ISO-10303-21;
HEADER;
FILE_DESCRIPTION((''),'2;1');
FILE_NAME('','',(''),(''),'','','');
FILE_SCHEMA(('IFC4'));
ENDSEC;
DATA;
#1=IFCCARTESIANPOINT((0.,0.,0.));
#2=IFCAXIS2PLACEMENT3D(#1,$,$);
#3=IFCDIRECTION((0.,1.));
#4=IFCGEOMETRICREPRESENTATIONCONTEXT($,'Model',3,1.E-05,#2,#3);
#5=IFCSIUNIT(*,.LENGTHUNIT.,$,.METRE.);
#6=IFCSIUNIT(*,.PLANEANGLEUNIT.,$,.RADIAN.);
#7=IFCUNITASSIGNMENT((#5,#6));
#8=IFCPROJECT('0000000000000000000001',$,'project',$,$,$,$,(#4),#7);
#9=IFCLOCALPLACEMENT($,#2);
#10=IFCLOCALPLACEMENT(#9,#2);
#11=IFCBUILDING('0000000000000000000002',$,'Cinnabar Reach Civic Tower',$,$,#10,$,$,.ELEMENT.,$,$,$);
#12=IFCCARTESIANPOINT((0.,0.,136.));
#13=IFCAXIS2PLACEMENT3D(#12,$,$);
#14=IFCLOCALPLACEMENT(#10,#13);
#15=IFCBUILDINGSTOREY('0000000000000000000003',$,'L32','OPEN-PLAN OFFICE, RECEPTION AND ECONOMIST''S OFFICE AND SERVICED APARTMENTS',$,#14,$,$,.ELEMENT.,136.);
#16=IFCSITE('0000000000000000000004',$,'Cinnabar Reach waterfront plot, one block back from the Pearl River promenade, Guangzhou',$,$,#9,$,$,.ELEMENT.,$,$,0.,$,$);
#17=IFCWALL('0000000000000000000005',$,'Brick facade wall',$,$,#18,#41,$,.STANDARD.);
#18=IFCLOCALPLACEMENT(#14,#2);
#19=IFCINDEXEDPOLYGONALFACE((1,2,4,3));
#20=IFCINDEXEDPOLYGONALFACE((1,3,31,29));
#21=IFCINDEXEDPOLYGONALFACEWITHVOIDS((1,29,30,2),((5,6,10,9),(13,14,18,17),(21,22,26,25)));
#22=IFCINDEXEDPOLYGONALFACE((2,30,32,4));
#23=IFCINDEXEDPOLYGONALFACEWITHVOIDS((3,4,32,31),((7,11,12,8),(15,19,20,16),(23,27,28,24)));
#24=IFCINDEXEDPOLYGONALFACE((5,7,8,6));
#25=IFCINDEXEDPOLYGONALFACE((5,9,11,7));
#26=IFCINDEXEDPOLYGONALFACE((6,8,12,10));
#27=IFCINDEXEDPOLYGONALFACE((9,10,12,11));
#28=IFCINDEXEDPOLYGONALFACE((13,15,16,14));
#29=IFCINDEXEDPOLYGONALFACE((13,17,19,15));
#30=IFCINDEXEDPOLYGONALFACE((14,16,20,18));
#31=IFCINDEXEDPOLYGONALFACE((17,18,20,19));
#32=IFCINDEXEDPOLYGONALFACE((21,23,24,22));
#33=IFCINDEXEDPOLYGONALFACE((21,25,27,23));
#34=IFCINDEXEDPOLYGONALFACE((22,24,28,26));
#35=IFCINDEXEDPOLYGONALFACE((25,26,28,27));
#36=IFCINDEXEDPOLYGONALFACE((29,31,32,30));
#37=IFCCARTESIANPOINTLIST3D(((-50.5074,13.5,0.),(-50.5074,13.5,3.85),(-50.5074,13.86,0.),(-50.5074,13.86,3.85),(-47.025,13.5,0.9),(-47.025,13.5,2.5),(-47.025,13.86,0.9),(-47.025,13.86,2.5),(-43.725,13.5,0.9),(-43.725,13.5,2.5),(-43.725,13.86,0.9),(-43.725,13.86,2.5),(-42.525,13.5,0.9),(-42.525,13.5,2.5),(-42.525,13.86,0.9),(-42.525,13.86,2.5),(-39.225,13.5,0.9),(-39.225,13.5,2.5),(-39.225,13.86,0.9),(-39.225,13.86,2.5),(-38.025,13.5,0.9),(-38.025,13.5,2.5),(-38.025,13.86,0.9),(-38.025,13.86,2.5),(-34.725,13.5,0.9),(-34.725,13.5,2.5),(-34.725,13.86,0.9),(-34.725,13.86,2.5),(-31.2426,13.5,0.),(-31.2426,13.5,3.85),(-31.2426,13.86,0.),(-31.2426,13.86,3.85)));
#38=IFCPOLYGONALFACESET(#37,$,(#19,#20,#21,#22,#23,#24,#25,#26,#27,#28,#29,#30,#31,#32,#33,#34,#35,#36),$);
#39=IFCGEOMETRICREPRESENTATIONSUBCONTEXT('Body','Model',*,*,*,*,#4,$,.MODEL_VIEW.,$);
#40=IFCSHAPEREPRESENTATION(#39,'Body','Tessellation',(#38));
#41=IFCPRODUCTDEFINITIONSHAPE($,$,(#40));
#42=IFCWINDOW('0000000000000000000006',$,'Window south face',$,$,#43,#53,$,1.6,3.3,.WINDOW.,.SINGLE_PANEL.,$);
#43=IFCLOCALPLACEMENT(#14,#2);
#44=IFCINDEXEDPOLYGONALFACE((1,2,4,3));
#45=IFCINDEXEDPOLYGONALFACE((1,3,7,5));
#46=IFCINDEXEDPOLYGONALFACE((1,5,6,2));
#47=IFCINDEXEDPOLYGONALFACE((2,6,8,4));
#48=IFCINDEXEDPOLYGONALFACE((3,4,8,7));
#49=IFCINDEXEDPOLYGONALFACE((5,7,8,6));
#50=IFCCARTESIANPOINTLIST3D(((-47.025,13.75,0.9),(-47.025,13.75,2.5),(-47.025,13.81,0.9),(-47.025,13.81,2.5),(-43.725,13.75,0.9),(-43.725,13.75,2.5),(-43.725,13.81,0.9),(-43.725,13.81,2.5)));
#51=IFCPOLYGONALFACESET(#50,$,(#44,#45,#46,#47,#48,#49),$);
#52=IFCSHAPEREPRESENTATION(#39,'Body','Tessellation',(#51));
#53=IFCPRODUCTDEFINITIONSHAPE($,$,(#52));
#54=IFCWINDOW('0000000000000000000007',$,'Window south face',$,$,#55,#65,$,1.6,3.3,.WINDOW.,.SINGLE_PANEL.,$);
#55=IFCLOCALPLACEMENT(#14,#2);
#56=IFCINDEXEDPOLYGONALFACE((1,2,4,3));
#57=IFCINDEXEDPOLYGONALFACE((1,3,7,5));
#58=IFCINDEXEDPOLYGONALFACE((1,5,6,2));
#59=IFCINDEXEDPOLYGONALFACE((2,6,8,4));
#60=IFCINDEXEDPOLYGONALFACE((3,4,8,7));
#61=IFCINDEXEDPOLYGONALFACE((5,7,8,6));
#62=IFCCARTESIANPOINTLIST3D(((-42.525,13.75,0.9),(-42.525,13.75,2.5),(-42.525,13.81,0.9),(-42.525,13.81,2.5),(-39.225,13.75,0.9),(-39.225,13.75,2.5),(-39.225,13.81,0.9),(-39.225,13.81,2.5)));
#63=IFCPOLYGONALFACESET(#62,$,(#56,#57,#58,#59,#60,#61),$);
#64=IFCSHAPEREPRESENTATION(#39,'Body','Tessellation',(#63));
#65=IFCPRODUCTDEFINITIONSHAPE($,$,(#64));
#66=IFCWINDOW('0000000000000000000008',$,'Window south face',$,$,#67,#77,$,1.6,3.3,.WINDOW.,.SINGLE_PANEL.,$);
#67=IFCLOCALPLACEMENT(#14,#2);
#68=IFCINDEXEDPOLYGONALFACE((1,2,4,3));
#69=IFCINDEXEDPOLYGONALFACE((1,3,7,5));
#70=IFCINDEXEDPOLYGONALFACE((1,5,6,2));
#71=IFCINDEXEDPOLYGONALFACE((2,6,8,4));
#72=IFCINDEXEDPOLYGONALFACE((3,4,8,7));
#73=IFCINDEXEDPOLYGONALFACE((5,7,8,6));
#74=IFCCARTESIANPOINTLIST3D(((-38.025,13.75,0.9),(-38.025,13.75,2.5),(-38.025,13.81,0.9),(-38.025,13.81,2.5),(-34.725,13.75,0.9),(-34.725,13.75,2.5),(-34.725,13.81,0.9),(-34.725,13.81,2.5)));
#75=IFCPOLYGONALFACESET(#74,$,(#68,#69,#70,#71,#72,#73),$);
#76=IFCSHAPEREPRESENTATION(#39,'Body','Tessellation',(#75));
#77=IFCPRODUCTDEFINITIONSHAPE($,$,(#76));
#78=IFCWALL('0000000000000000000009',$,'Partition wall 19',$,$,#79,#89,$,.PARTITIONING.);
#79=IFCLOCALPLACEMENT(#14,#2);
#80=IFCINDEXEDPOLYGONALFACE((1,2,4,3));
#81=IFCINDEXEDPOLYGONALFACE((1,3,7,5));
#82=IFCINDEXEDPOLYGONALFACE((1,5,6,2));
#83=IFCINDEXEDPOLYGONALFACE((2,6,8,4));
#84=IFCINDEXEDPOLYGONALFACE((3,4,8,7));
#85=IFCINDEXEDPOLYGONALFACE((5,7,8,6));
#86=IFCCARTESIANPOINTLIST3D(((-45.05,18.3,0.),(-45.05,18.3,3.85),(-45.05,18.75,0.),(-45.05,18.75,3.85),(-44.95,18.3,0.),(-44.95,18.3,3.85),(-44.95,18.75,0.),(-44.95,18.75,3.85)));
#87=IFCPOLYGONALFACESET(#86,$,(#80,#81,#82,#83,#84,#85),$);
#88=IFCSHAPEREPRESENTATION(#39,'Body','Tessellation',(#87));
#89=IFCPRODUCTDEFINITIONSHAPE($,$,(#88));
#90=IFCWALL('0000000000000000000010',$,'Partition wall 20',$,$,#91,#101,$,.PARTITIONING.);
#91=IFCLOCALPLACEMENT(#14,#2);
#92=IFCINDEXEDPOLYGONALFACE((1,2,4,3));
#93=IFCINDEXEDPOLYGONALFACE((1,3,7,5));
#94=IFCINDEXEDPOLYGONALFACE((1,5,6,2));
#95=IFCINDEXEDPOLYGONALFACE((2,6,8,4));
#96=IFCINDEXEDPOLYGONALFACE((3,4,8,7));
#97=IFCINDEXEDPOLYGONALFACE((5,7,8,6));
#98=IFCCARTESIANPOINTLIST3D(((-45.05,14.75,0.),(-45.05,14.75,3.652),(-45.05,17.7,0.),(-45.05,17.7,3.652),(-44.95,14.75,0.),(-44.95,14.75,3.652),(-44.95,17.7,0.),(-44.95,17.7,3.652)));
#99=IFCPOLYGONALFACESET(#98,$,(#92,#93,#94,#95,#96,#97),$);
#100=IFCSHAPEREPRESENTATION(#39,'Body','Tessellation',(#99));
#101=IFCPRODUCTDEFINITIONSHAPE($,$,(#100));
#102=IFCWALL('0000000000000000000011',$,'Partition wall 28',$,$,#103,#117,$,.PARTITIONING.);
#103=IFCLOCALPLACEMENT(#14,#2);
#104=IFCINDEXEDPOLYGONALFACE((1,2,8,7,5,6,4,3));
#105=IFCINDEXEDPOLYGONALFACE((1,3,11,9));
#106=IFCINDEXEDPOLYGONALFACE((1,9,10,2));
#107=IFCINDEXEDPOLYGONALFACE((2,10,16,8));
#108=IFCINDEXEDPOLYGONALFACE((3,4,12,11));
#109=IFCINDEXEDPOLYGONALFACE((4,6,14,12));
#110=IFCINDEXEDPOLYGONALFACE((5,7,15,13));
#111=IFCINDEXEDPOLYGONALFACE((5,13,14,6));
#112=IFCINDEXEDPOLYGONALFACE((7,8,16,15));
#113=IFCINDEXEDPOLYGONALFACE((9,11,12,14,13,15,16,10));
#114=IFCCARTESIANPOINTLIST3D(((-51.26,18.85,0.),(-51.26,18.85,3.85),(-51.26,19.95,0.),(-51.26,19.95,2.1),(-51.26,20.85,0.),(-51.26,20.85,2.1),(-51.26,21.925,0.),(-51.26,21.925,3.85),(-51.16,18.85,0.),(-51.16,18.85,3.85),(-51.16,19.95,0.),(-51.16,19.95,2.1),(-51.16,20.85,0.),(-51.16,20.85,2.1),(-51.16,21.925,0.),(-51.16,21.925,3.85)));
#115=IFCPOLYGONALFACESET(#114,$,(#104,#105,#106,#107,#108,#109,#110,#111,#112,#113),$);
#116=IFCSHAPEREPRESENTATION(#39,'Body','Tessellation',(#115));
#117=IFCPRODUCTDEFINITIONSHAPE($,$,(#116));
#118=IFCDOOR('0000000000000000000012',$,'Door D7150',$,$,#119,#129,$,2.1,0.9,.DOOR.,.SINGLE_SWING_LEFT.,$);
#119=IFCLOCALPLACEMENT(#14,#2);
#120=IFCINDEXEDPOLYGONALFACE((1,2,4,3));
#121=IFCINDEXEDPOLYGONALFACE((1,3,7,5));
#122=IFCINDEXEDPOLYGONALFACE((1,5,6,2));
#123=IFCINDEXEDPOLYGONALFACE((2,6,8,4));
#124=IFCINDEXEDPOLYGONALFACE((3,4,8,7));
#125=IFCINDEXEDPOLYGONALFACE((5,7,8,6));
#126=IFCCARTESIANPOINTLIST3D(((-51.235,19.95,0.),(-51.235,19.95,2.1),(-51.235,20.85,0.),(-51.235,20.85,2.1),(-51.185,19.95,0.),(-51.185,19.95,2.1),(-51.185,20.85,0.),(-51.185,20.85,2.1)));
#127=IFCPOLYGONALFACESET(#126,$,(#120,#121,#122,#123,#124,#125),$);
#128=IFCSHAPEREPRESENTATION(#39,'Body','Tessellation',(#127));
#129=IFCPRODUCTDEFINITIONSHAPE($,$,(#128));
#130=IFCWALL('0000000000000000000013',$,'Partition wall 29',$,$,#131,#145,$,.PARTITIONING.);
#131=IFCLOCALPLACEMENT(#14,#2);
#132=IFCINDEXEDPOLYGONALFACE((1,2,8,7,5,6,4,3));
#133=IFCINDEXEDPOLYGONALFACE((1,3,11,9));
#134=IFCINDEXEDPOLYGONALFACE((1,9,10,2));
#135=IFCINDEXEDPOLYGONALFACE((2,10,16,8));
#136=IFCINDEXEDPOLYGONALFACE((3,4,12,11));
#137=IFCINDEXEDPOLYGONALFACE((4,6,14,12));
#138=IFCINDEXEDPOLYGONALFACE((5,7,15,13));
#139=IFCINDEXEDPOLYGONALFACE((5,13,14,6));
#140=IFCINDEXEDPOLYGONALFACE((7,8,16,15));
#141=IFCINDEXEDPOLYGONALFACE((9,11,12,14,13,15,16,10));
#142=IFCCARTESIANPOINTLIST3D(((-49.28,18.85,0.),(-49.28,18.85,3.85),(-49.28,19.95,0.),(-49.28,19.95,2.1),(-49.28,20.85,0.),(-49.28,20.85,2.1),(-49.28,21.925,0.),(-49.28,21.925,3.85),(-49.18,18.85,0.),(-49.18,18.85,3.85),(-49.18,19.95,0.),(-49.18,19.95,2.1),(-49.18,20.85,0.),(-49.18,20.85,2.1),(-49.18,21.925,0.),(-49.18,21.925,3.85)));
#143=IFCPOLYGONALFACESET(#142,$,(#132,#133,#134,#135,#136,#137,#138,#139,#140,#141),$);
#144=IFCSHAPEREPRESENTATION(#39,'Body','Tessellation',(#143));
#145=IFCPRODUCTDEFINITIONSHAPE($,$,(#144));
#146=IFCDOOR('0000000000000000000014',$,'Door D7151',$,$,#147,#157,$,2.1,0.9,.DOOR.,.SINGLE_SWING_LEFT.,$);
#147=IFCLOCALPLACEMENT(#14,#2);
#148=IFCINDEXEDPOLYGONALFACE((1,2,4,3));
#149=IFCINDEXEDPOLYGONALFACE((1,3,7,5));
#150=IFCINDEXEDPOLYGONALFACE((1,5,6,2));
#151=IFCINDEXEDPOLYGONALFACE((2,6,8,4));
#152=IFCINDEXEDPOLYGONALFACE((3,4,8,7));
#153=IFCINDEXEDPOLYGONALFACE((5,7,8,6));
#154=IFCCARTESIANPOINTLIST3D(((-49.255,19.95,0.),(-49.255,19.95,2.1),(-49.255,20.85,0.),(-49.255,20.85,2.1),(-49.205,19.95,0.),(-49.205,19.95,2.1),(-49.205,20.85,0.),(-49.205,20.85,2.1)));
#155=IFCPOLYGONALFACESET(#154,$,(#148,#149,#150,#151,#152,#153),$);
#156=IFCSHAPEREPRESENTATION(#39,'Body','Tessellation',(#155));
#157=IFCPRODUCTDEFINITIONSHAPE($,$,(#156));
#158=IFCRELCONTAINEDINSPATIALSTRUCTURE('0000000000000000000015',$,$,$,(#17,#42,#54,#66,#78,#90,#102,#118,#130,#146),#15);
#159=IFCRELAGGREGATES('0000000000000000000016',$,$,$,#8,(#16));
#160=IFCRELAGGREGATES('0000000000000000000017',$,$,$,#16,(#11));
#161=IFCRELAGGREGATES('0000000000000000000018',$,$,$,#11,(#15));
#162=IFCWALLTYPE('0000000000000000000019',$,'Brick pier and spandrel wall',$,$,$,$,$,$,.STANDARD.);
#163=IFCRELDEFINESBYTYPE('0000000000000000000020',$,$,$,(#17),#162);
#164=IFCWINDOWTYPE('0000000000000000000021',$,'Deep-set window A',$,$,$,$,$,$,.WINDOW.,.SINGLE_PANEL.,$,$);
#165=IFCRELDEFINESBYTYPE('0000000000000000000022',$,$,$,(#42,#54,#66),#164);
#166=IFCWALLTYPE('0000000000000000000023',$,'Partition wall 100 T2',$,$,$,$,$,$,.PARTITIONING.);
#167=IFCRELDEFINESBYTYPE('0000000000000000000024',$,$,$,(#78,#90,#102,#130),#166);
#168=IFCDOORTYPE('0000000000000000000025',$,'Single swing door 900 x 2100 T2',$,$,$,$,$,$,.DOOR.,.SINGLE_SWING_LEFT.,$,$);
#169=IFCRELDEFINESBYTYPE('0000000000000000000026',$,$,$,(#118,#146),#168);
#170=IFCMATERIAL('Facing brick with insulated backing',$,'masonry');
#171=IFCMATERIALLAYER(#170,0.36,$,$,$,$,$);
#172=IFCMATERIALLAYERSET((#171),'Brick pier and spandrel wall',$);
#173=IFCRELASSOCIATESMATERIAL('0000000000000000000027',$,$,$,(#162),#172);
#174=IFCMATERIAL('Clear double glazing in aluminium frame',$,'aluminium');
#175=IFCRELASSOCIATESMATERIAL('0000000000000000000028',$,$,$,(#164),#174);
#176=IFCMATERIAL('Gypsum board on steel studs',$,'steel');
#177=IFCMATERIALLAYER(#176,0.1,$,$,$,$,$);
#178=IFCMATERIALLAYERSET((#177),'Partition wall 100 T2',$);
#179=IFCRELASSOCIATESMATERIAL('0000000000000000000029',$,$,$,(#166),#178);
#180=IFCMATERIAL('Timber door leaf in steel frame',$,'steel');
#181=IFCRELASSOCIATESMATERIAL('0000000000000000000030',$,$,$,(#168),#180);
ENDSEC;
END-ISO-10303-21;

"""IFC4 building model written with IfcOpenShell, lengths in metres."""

from ifc_helpers import new_model, si_unit, direction, frame, frame_2d, origin, place, context, subcontext, project, spatial, rectangle, extrude, material, layer, layer_set, type_object, element, fill, save


model = new_model("IFC4")

# Units and contexts
model_context = context("Model", 3, precision=1e-05, world=origin(), true_north=direction((0.0, 1.0)))
body_context = subcontext(model_context, "Body", "Model", "MODEL_VIEW")
ifc_project = project(units=[si_unit("LENGTHUNIT", "METRE"), si_unit("PLANEANGLEUNIT", "RADIAN")], contexts=[model_context])

# Site, building, storey
site_placement = place(None, origin())
site = spatial("IfcSite", under=ifc_project, at=site_placement, Name="Cinnabar Reach waterfront plot, one block back from the Pearl River promenade, Guangzhou", CompositionType="ELEMENT", RefElevation=0.0)
building_placement = place(site_placement, origin())
building = spatial("IfcBuilding", under=site, at=building_placement, Name="Cinnabar Reach Civic Tower", CompositionType="ELEMENT")
storey_placement = place(building_placement, frame((0.0, 0.0, 136.0)))
storey = spatial("IfcBuildingStorey", under=building, at=storey_placement, Name="L32", Description="OPEN-PLAN OFFICE, RECEPTION AND ECONOMIST'S OFFICE AND SERVICED APARTMENTS", CompositionType="ELEMENT", Elevation=136.0)

# Shared definitions
ifc_material_1 = material(Name="Facing brick with insulated backing", Category="masonry")

# Wall, openings, windows
ifc_layer_1 = layer(ifc_material_1, 0.36)
ifc_layer_set_1 = layer_set([ifc_layer_1], Name="Brick pier and spandrel wall")
wall_type_1 = type_object("IfcWallType", Name="Brick pier and spandrel wall", PredefinedType="STANDARD", material=ifc_layer_set_1)
wall_1_placement = place(storey_placement, frame((-50.5074, 13.68, 0.0), z_axis=(0.0, 0.0, 1.0), x_axis=(1.0, 0.0, 0.0)))
wall_1 = element("IfcWall", 1, at=wall_1_placement, inside=storey, type_object=wall_type_1, Name="Brick facade wall", PredefinedType="STANDARD", context=body_context, shape_type="SweptSolid", body=[
    extrude(rectangle(XDim=19.2648, YDim=0.36, at=frame_2d((9.6324, 0.0))), origin(), (0.0, 0.0, 1.0), 3.85),
])
opening_1_placement = place(wall_1_placement, frame((3.4824, 0.0, 0.9)))
opening_1 = element("IfcOpeningElement", 2, at=opening_1_placement, cuts=wall_1, PredefinedType="OPENING", context=body_context, shape_type="SweptSolid", body=[
    extrude(rectangle(XDim=3.3, YDim=1.6, at=frame_2d((1.65, 0.8))), frame((0.0, 0.19, 0.0), z_axis=(0.0, -1.0, 0.0), x_axis=(1.0, 0.0, 0.0)), (0.0, 0.0, 1.0), 0.38),
])
opening_2_placement = place(wall_1_placement, frame((7.9824, 0.0, 0.9)))
opening_2 = element("IfcOpeningElement", 3, at=opening_2_placement, cuts=wall_1, PredefinedType="OPENING", context=body_context, shape_type="SweptSolid", body=[
    extrude(rectangle(XDim=3.3, YDim=1.6, at=frame_2d((1.65, 0.8))), frame((0.0, 0.19, 0.0), z_axis=(0.0, -1.0, 0.0), x_axis=(1.0, 0.0, 0.0)), (0.0, 0.0, 1.0), 0.38),
])
opening_3_placement = place(wall_1_placement, frame((12.4824, 0.0, 0.9)))
opening_3 = element("IfcOpeningElement", 4, at=opening_3_placement, cuts=wall_1, PredefinedType="OPENING", context=body_context, shape_type="SweptSolid", body=[
    extrude(rectangle(XDim=3.3, YDim=1.6, at=frame_2d((1.65, 0.8))), frame((0.0, 0.19, 0.0), z_axis=(0.0, -1.0, 0.0), x_axis=(1.0, 0.0, 0.0)), (0.0, 0.0, 1.0), 0.38),
])
ifc_material_2 = material(Name="Clear double glazing in aluminium frame", Category="aluminium")
window_type = type_object("IfcWindowType", Name="Deep-set window A", PartitioningType="SINGLE_PANEL", PredefinedType="WINDOW", material=ifc_material_2)
window_1_placement = place(opening_1_placement, origin())
window_1 = element("IfcWindow", 5, at=window_1_placement, inside=storey, type_object=window_type, Name="Window south face", OverallHeight=1.6, OverallWidth=3.3, PartitioningType="SINGLE_PANEL", PredefinedType="WINDOW", context=body_context, shape_type="SweptSolid", body=[
    extrude(rectangle(XDim=3.3, YDim=1.6, at=frame_2d((1.65, 0.8))), frame((0.0, 0.13, 0.0), z_axis=(0.0, -1.0, 0.0), x_axis=(1.0, 0.0, 0.0)), (0.0, 0.0, 1.0), 0.06),
])
fill(opening_1, window_1)
window_2_placement = place(opening_2_placement, origin())
window_2 = element("IfcWindow", 6, at=window_2_placement, inside=storey, type_object=window_type, Name="Window south face", OverallHeight=1.6, OverallWidth=3.3, PartitioningType="SINGLE_PANEL", PredefinedType="WINDOW", context=body_context, shape_type="SweptSolid", body=[
    extrude(rectangle(XDim=3.3, YDim=1.6, at=frame_2d((1.65, 0.8))), frame((0.0, 0.13, 0.0), z_axis=(0.0, -1.0, 0.0), x_axis=(1.0, 0.0, 0.0)), (0.0, 0.0, 1.0), 0.06),
])
fill(opening_2, window_2)
window_3_placement = place(opening_3_placement, origin())
window_3 = element("IfcWindow", 7, at=window_3_placement, inside=storey, type_object=window_type, Name="Window south face", OverallHeight=1.6, OverallWidth=3.3, PartitioningType="SINGLE_PANEL", PredefinedType="WINDOW", context=body_context, shape_type="SweptSolid", body=[
    extrude(rectangle(XDim=3.3, YDim=1.6, at=frame_2d((1.65, 0.8))), frame((0.0, 0.13, 0.0), z_axis=(0.0, -1.0, 0.0), x_axis=(1.0, 0.0, 0.0)), (0.0, 0.0, 1.0), 0.06),
])
fill(opening_3, window_3)

# Walls
ifc_material_3 = material(Name="Gypsum board on steel studs", Category="steel")
ifc_layer_2 = layer(ifc_material_3, 0.1)
ifc_layer_set_2 = layer_set([ifc_layer_2], Name="Partition wall 100 T2")
wall_type_2 = type_object("IfcWallType", Name="Partition wall 100 T2", PredefinedType="PARTITIONING", material=ifc_layer_set_2)
wall_2_placement = place(storey_placement, frame((-45.0, 18.3, 0.0), z_axis=(0.0, 0.0, 1.0), x_axis=(0.0, 1.0, 0.0)))
element("IfcWall", 8, at=wall_2_placement, inside=storey, type_object=wall_type_2, Name="Partition wall 19", PredefinedType="PARTITIONING", context=body_context, shape_type="SweptSolid", body=[
    extrude(rectangle(XDim=0.45, YDim=0.1, at=frame_2d((0.225, 0.0))), origin(), (0.0, 0.0, 1.0), 3.85),
])
wall_3_placement = place(storey_placement, frame((-45.0, 14.75, 0.0), z_axis=(0.0, 0.0, 1.0), x_axis=(0.0, 1.0, 0.0)))
element("IfcWall", 9, at=wall_3_placement, inside=storey, type_object=wall_type_2, Name="Partition wall 20", PredefinedType="PARTITIONING", context=body_context, shape_type="SweptSolid", body=[
    extrude(rectangle(XDim=2.95, YDim=0.1, at=frame_2d((1.475, 0.0))), origin(), (0.0, 0.0, 1.0), 3.652),
])

# Walls, openings, doors
wall_4_placement = place(storey_placement, frame((-51.21, 18.85, 0.0), z_axis=(0.0, 0.0, 1.0), x_axis=(0.0, 1.0, 0.0)))
wall_4 = element("IfcWall", 10, at=wall_4_placement, inside=storey, type_object=wall_type_2, Name="Partition wall 28", PredefinedType="PARTITIONING", context=body_context, shape_type="SweptSolid", body=[
    extrude(rectangle(XDim=3.075, YDim=0.1, at=frame_2d((1.5375, 0.0))), origin(), (0.0, 0.0, 1.0), 3.85),
])
opening_4_placement = place(wall_4_placement, frame((1.1, 0.0, 0.0)))
opening_4 = element("IfcOpeningElement", 11, at=opening_4_placement, cuts=wall_4, PredefinedType="OPENING", context=body_context, shape_type="SweptSolid", body=[
    extrude(rectangle(XDim=0.9, YDim=2.1, at=frame_2d((0.45, 1.05))), frame((0.0, 0.06, 0.0), z_axis=(0.0, -1.0, 0.0), x_axis=(1.0, 0.0, 0.0)), (0.0, 0.0, 1.0), 0.12),
])
ifc_material_4 = material(Name="Timber door leaf in steel frame", Category="steel")
door_type = type_object("IfcDoorType", Name="Single swing door 900 x 2100 T2", OperationType="SINGLE_SWING_LEFT", PredefinedType="DOOR", material=ifc_material_4)
door_1_placement = place(opening_4_placement, origin())
door_1 = element("IfcDoor", 12, at=door_1_placement, inside=storey, type_object=door_type, Name="Door D7150", OperationType="SINGLE_SWING_LEFT", OverallHeight=2.1, OverallWidth=0.9, PredefinedType="DOOR", context=body_context, shape_type="SweptSolid", body=[
    extrude(rectangle(XDim=0.9, YDim=2.1, at=frame_2d((0.45, 1.05))), frame((0.0, 0.025, 0.0), z_axis=(0.0, -1.0, 0.0), x_axis=(1.0, 0.0, 0.0)), (0.0, 0.0, 1.0), 0.05),
])
fill(opening_4, door_1)
wall_5_placement = place(storey_placement, frame((-49.23, 18.85, 0.0), z_axis=(0.0, 0.0, 1.0), x_axis=(0.0, 1.0, 0.0)))
wall_5 = element("IfcWall", 13, at=wall_5_placement, inside=storey, type_object=wall_type_2, Name="Partition wall 29", PredefinedType="PARTITIONING", context=body_context, shape_type="SweptSolid", body=[
    extrude(rectangle(XDim=3.075, YDim=0.1, at=frame_2d((1.5375, 0.0))), origin(), (0.0, 0.0, 1.0), 3.85),
])
opening_5_placement = place(wall_5_placement, frame((1.1, 0.0, 0.0)))
opening_5 = element("IfcOpeningElement", 14, at=opening_5_placement, cuts=wall_5, PredefinedType="OPENING", context=body_context, shape_type="SweptSolid", body=[
    extrude(rectangle(XDim=0.9, YDim=2.1, at=frame_2d((0.45, 1.05))), frame((0.0, 0.06, 0.0), z_axis=(0.0, -1.0, 0.0), x_axis=(1.0, 0.0, 0.0)), (0.0, 0.0, 1.0), 0.12),
])
door_2_placement = place(opening_5_placement, origin())
door_2 = element("IfcDoor", 15, at=door_2_placement, inside=storey, type_object=door_type, Name="Door D7151", OperationType="SINGLE_SWING_LEFT", OverallHeight=2.1, OverallWidth=0.9, PredefinedType="DOOR", context=body_context, shape_type="SweptSolid", body=[
    extrude(rectangle(XDim=0.9, YDim=2.1, at=frame_2d((0.45, 1.05))), frame((0.0, 0.025, 0.0), z_axis=(0.0, -1.0, 0.0), x_axis=(1.0, 0.0, 0.0)), (0.0, 0.0, 1.0), 0.05),
])
fill(opening_5, door_2)

save(model, "model.ifc")
